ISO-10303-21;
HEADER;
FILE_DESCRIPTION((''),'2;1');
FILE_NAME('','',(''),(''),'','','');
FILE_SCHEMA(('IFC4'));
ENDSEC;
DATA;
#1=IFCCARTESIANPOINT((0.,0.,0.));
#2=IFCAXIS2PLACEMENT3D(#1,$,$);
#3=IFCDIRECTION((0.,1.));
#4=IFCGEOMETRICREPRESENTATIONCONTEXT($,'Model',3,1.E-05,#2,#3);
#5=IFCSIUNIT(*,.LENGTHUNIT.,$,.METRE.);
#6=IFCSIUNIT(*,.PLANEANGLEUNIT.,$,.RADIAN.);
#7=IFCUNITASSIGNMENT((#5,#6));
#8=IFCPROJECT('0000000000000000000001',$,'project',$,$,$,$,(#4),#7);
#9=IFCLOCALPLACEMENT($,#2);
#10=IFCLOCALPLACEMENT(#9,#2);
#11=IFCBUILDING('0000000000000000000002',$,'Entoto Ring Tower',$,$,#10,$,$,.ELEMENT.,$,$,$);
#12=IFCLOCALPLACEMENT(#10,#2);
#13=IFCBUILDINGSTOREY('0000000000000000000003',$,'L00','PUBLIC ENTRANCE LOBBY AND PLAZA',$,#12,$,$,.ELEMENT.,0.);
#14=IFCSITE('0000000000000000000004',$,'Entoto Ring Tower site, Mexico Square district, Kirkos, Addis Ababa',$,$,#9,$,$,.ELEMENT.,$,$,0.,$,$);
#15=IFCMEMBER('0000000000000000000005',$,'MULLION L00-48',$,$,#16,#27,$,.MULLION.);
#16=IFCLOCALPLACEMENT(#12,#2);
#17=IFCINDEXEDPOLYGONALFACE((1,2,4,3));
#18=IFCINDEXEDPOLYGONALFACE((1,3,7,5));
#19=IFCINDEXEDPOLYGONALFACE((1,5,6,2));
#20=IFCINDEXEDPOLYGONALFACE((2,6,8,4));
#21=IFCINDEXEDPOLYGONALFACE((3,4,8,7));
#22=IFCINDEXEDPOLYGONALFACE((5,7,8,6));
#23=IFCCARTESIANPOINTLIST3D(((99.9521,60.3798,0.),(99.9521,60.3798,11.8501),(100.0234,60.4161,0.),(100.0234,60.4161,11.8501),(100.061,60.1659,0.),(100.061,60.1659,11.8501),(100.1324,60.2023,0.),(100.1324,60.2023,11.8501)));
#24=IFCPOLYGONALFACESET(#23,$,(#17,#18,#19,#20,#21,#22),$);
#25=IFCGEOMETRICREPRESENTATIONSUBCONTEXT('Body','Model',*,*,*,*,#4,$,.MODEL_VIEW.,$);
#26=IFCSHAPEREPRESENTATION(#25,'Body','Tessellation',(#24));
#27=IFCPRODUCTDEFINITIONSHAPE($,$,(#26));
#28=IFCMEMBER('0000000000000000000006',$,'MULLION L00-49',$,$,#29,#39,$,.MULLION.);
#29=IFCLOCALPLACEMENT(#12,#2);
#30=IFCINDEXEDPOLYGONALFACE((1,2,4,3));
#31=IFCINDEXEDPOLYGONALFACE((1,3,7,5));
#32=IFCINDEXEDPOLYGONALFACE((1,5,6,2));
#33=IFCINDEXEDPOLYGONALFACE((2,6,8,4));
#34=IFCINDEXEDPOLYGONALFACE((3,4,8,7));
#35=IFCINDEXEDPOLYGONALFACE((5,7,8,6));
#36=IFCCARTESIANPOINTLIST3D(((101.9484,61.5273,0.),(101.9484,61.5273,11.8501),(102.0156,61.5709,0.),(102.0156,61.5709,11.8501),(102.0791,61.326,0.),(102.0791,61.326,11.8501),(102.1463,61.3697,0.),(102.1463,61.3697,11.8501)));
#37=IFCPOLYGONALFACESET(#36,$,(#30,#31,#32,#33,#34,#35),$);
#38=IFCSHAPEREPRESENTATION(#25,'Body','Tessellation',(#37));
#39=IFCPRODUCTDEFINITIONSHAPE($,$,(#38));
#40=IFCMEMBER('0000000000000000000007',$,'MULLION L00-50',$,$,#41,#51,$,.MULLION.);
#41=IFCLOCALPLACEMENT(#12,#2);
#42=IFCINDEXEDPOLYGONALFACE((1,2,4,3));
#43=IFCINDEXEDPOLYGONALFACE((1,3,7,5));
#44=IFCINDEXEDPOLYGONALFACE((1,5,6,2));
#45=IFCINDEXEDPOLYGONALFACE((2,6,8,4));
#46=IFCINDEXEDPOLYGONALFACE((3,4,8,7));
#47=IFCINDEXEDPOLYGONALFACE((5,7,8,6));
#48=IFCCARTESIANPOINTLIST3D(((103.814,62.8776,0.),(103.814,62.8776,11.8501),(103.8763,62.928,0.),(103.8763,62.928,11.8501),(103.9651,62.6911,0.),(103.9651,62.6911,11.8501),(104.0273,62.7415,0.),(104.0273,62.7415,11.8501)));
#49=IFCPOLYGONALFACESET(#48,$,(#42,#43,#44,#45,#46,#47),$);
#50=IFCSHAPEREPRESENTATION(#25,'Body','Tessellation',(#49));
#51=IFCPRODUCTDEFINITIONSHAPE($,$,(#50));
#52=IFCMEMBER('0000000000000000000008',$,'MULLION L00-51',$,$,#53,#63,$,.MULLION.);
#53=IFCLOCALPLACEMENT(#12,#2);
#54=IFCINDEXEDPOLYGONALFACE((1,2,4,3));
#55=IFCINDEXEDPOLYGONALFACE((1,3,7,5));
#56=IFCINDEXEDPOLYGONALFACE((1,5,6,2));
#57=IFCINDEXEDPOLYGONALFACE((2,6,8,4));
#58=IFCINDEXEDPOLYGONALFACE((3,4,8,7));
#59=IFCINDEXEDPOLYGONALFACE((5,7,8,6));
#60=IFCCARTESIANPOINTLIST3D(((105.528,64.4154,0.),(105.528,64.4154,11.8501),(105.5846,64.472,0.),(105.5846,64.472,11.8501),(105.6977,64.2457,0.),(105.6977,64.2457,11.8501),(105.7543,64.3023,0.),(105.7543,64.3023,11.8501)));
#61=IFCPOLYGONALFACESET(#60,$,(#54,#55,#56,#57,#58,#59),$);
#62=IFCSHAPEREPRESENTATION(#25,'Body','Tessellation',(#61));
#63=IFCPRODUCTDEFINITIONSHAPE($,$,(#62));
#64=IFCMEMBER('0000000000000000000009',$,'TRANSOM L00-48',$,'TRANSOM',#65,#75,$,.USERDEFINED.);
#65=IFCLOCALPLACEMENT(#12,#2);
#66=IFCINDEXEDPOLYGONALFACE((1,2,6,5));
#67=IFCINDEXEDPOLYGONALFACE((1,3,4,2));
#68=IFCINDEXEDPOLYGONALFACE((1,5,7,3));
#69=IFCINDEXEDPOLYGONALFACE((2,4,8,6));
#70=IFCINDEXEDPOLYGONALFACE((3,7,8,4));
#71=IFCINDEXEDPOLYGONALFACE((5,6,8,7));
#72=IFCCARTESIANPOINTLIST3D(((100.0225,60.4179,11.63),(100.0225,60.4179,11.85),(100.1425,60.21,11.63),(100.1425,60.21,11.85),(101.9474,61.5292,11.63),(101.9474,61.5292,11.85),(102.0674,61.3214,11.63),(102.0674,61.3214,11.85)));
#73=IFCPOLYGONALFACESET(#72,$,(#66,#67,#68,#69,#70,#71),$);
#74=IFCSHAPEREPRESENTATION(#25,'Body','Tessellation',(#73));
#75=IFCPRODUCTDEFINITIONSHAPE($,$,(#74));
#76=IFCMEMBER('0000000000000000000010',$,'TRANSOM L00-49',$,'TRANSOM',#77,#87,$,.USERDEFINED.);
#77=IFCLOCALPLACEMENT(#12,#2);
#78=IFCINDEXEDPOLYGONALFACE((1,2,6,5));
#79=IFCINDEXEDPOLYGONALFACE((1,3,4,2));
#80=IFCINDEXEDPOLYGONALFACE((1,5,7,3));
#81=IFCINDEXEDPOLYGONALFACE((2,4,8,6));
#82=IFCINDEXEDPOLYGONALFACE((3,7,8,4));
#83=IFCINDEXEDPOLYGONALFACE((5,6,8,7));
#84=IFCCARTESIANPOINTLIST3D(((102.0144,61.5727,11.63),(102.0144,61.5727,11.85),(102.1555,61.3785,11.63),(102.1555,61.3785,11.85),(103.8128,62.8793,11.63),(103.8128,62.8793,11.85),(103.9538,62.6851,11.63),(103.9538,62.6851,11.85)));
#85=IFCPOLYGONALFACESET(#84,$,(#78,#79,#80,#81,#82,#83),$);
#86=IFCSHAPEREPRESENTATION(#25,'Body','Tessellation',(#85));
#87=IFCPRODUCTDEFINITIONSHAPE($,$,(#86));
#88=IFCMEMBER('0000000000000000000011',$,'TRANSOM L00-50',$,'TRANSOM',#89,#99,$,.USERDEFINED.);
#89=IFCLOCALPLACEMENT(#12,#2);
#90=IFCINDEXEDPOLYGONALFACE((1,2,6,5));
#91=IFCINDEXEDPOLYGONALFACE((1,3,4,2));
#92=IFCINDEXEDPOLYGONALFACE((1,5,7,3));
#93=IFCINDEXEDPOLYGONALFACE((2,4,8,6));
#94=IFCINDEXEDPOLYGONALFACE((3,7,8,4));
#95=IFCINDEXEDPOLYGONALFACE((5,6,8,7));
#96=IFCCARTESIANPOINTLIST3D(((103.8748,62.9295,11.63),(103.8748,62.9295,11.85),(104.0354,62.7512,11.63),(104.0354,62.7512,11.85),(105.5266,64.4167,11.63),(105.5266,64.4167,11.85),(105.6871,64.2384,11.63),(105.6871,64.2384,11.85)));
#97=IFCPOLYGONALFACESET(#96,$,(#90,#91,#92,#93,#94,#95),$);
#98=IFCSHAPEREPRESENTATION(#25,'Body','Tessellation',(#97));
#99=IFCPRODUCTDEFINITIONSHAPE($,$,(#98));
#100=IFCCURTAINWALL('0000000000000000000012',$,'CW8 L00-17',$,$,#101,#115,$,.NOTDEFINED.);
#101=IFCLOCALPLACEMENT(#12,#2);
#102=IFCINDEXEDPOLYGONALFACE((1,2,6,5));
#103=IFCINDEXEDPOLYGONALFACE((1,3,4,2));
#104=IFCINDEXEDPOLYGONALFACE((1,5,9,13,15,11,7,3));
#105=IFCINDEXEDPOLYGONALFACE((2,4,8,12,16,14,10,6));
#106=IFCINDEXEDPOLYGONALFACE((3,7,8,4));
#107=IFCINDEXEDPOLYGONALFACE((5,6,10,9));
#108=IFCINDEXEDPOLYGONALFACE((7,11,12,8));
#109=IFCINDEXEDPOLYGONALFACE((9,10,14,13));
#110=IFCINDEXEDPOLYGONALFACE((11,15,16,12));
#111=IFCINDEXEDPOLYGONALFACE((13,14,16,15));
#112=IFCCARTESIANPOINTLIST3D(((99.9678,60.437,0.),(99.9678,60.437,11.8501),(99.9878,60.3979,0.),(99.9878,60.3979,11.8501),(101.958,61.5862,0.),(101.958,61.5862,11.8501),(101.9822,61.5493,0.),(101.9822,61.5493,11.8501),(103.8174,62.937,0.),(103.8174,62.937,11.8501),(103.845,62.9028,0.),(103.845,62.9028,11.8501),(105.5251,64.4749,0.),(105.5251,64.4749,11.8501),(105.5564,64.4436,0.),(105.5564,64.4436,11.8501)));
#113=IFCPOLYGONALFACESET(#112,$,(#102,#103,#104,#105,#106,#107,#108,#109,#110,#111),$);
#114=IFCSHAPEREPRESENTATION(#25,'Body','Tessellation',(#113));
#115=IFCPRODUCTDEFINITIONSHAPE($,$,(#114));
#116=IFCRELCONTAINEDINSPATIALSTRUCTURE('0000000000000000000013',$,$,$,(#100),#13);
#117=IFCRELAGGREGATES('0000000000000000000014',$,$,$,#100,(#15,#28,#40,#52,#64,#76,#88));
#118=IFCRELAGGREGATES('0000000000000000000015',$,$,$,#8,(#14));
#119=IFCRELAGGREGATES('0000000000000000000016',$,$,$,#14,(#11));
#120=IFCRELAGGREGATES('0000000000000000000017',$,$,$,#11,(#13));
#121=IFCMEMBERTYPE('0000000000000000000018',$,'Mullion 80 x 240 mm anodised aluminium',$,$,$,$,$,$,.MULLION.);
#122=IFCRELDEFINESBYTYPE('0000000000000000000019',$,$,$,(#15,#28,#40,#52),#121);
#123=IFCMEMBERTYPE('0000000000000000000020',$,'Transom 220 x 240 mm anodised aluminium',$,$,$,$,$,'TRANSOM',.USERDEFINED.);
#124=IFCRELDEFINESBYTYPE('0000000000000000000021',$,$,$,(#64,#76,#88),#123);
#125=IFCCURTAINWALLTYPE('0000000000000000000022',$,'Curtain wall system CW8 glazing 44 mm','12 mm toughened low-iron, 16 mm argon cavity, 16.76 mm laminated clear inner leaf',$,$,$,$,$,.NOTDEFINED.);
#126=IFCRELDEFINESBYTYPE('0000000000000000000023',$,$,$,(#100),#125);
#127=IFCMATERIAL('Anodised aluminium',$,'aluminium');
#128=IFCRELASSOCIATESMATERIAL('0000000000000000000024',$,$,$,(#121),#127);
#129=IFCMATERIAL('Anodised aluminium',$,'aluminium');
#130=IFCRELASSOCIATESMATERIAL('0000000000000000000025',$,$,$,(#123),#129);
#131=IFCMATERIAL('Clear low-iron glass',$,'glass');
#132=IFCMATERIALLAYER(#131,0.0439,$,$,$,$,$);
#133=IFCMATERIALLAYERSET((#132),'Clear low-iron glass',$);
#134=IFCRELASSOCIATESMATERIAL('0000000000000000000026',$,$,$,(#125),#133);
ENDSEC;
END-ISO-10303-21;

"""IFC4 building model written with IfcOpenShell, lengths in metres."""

from ifc_helpers import new_model, si_unit, direction, frame, origin, origin_2d, place, context, subcontext, project, spatial, polyline, rectangle, outline, extrude, material, layer, layer_set, material_profile, profile_set, type_object, element, aggregate, save


model = new_model("IFC4")

# Units and contexts
model_context = context("Model", 3, precision=1e-05, world=origin(), true_north=direction((0.0, 1.0)))
body_context = subcontext(model_context, "Body", "Model", "MODEL_VIEW")
ifc_project = project(units=[si_unit("LENGTHUNIT", "METRE"), si_unit("PLANEANGLEUNIT", "RADIAN")], contexts=[model_context])

# Members
ifc_material_1 = material(Name="Anodised aluminium", Category="aluminium")
ifc_material_profile_1 = material_profile(ifc_material_1, rectangle(XDim=0.0801, YDim=0.24, at=origin_2d()), Name="Mullion 80 x 240 mm anodised aluminium")
ifc_profile_set_1 = profile_set([ifc_material_profile_1], Name="Anodised aluminium")
member_type_1 = type_object("IfcMemberType", Name="Mullion 80 x 240 mm anodised aluminium", PredefinedType="MULLION", material=ifc_profile_set_1)
site_placement = place(None, origin())
building_placement = place(site_placement, origin())
storey_placement = place(building_placement, origin())
member_1_placement = place(storey_placement, frame((100.0422, 60.291, 0.0), z_axis=(0.0, 0.0, 1.0), x_axis=(0.891007, 0.45399, 0.0)))
member_1 = element("IfcMember", 1, at=member_1_placement, type_object=member_type_1, Name="MULLION L00-48", PredefinedType="MULLION", context=body_context, shape_type="SweptSolid", body=[
    extrude(rectangle(XDim=0.0801, YDim=0.24, at=origin_2d()), origin(), (0.0, 0.0, 1.0), 11.8501),
])
member_2_placement = place(storey_placement, frame((102.0474, 61.4485, 0.0), z_axis=(0.0, 0.0, 1.0), x_axis=(0.838671, 0.544639, 0.0)))
member_2 = element("IfcMember", 2, at=member_2_placement, type_object=member_type_1, Name="MULLION L00-49", PredefinedType="MULLION", context=body_context, shape_type="SweptSolid", body=[
    extrude(rectangle(XDim=0.0801, YDim=0.24, at=origin_2d()), origin(), (0.0, 0.0, 1.0), 11.8501),
])
member_3_placement = place(storey_placement, frame((103.9207, 62.8096, 0.0), z_axis=(0.0, 0.0, 1.0), x_axis=(0.777146, 0.62932, 0.0)))
member_3 = element("IfcMember", 3, at=member_3_placement, type_object=member_type_1, Name="MULLION L00-50", PredefinedType="MULLION", context=body_context, shape_type="SweptSolid", body=[
    extrude(rectangle(XDim=0.0801, YDim=0.24, at=origin_2d()), origin(), (0.0, 0.0, 1.0), 11.8501),
])
member_4_placement = place(storey_placement, frame((105.6411, 64.3589, 0.0), z_axis=(0.0, 0.0, 1.0), x_axis=(0.707107, 0.707107, 0.0)))
member_4 = element("IfcMember", 4, at=member_4_placement, type_object=member_type_1, Name="MULLION L00-51", PredefinedType="MULLION", context=body_context, shape_type="SweptSolid", body=[
    extrude(rectangle(XDim=0.0801, YDim=0.24, at=origin_2d()), origin(), (0.0, 0.0, 1.0), 11.8501),
])
ifc_material_2 = material(Name="Anodised aluminium", Category="aluminium")
ifc_material_profile_2 = material_profile(ifc_material_2, rectangle(XDim=0.24, YDim=0.22, at=origin_2d()), Name="Transom 220 x 240 mm anodised aluminium")
ifc_profile_set_2 = profile_set([ifc_material_profile_2], Name="Anodised aluminium")
member_type_2 = type_object("IfcMemberType", Name="Transom 220 x 240 mm anodised aluminium", ElementType="TRANSOM", PredefinedType="USERDEFINED", material=ifc_profile_set_2)
member_5_placement = place(storey_placement, frame((100.0825, 60.314, 11.74), z_axis=(0.866017, 0.500014, 0.0), x_axis=(-0.500014, 0.866017, 0.0)))
member_5 = element("IfcMember", 5, at=member_5_placement, type_object=member_type_2, Name="TRANSOM L00-48", ObjectType="TRANSOM", PredefinedType="USERDEFINED", context=body_context, shape_type="SweptSolid", body=[
    extrude(rectangle(XDim=0.24, YDim=0.22, at=origin_2d()), origin(), (0.0, 0.0, 1.0), 2.2227),
])
member_6_placement = place(storey_placement, frame((102.085, 61.4756, 11.74), z_axis=(0.809002, 0.587806, 0.0), x_axis=(-0.587806, 0.809002, 0.0)))
member_6 = element("IfcMember", 6, at=member_6_placement, type_object=member_type_2, Name="TRANSOM L00-49", ObjectType="TRANSOM", PredefinedType="USERDEFINED", context=body_context, shape_type="SweptSolid", body=[
    extrude(rectangle(XDim=0.24, YDim=0.22, at=origin_2d()), origin(), (0.0, 0.0, 1.0), 2.2229),
])
member_7_placement = place(storey_placement, frame((103.9551, 62.8403, 11.74), z_axis=(0.743152, 0.669122, 0.0), x_axis=(-0.669122, 0.743152, 0.0)))
member_7 = element("IfcMember", 7, at=member_7_placement, type_object=member_type_2, Name="TRANSOM L00-50", ObjectType="TRANSOM", PredefinedType="USERDEFINED", context=body_context, shape_type="SweptSolid", body=[
    extrude(rectangle(XDim=0.24, YDim=0.22, at=origin_2d()), origin(), (0.0, 0.0, 1.0), 2.2227),
])

# Site, building, storey
site = spatial("IfcSite", under=ifc_project, at=site_placement, Name="Entoto Ring Tower site, Mexico Square district, Kirkos, Addis Ababa", CompositionType="ELEMENT", RefElevation=0.0)
building = spatial("IfcBuilding", under=site, at=building_placement, Name="Entoto Ring Tower", CompositionType="ELEMENT")
storey = spatial("IfcBuildingStorey", under=building, at=storey_placement, Name="L00", Description="PUBLIC ENTRANCE LOBBY AND PLAZA", CompositionType="ELEMENT", Elevation=0.0)

# Curtain wall
ifc_material_3 = material(Name="Clear low-iron glass", Category="glass")
ifc_layer = layer(ifc_material_3, 0.0439)
ifc_layer_set = layer_set([ifc_layer], Name="Clear low-iron glass")
curtain_wall_type = type_object("IfcCurtainWallType", Name="Curtain wall system CW8 glazing 44 mm", Description="12 mm toughened low-iron, 16 mm argon cavity, 16.76 mm laminated clear inner leaf", PredefinedType="NOTDEFINED", material=ifc_layer_set)
curtain_wall_1_placement = place(storey_placement, origin())
curtain_wall_1 = element("IfcCurtainWall", 8, at=curtain_wall_1_placement, inside=storey, type_object=curtain_wall_type, Name="CW8 L00-17", PredefinedType="NOTDEFINED", context=body_context, shape_type="SweptSolid", body=[
    extrude(outline(polyline([(99.9878, 60.3979), (101.9822, 61.5493), (103.845, 62.9028), (105.5564, 64.4436), (105.5251, 64.4749), (103.8174, 62.937), (101.958, 61.5862), (99.9678, 60.437), (99.9878, 60.3979)])), origin(), (0.0, 0.0, 1.0), 11.8501),
])
aggregate(curtain_wall_1, [member_1, member_2, member_3, member_4, member_5, member_6, member_7])

save(model, "model.ifc")
